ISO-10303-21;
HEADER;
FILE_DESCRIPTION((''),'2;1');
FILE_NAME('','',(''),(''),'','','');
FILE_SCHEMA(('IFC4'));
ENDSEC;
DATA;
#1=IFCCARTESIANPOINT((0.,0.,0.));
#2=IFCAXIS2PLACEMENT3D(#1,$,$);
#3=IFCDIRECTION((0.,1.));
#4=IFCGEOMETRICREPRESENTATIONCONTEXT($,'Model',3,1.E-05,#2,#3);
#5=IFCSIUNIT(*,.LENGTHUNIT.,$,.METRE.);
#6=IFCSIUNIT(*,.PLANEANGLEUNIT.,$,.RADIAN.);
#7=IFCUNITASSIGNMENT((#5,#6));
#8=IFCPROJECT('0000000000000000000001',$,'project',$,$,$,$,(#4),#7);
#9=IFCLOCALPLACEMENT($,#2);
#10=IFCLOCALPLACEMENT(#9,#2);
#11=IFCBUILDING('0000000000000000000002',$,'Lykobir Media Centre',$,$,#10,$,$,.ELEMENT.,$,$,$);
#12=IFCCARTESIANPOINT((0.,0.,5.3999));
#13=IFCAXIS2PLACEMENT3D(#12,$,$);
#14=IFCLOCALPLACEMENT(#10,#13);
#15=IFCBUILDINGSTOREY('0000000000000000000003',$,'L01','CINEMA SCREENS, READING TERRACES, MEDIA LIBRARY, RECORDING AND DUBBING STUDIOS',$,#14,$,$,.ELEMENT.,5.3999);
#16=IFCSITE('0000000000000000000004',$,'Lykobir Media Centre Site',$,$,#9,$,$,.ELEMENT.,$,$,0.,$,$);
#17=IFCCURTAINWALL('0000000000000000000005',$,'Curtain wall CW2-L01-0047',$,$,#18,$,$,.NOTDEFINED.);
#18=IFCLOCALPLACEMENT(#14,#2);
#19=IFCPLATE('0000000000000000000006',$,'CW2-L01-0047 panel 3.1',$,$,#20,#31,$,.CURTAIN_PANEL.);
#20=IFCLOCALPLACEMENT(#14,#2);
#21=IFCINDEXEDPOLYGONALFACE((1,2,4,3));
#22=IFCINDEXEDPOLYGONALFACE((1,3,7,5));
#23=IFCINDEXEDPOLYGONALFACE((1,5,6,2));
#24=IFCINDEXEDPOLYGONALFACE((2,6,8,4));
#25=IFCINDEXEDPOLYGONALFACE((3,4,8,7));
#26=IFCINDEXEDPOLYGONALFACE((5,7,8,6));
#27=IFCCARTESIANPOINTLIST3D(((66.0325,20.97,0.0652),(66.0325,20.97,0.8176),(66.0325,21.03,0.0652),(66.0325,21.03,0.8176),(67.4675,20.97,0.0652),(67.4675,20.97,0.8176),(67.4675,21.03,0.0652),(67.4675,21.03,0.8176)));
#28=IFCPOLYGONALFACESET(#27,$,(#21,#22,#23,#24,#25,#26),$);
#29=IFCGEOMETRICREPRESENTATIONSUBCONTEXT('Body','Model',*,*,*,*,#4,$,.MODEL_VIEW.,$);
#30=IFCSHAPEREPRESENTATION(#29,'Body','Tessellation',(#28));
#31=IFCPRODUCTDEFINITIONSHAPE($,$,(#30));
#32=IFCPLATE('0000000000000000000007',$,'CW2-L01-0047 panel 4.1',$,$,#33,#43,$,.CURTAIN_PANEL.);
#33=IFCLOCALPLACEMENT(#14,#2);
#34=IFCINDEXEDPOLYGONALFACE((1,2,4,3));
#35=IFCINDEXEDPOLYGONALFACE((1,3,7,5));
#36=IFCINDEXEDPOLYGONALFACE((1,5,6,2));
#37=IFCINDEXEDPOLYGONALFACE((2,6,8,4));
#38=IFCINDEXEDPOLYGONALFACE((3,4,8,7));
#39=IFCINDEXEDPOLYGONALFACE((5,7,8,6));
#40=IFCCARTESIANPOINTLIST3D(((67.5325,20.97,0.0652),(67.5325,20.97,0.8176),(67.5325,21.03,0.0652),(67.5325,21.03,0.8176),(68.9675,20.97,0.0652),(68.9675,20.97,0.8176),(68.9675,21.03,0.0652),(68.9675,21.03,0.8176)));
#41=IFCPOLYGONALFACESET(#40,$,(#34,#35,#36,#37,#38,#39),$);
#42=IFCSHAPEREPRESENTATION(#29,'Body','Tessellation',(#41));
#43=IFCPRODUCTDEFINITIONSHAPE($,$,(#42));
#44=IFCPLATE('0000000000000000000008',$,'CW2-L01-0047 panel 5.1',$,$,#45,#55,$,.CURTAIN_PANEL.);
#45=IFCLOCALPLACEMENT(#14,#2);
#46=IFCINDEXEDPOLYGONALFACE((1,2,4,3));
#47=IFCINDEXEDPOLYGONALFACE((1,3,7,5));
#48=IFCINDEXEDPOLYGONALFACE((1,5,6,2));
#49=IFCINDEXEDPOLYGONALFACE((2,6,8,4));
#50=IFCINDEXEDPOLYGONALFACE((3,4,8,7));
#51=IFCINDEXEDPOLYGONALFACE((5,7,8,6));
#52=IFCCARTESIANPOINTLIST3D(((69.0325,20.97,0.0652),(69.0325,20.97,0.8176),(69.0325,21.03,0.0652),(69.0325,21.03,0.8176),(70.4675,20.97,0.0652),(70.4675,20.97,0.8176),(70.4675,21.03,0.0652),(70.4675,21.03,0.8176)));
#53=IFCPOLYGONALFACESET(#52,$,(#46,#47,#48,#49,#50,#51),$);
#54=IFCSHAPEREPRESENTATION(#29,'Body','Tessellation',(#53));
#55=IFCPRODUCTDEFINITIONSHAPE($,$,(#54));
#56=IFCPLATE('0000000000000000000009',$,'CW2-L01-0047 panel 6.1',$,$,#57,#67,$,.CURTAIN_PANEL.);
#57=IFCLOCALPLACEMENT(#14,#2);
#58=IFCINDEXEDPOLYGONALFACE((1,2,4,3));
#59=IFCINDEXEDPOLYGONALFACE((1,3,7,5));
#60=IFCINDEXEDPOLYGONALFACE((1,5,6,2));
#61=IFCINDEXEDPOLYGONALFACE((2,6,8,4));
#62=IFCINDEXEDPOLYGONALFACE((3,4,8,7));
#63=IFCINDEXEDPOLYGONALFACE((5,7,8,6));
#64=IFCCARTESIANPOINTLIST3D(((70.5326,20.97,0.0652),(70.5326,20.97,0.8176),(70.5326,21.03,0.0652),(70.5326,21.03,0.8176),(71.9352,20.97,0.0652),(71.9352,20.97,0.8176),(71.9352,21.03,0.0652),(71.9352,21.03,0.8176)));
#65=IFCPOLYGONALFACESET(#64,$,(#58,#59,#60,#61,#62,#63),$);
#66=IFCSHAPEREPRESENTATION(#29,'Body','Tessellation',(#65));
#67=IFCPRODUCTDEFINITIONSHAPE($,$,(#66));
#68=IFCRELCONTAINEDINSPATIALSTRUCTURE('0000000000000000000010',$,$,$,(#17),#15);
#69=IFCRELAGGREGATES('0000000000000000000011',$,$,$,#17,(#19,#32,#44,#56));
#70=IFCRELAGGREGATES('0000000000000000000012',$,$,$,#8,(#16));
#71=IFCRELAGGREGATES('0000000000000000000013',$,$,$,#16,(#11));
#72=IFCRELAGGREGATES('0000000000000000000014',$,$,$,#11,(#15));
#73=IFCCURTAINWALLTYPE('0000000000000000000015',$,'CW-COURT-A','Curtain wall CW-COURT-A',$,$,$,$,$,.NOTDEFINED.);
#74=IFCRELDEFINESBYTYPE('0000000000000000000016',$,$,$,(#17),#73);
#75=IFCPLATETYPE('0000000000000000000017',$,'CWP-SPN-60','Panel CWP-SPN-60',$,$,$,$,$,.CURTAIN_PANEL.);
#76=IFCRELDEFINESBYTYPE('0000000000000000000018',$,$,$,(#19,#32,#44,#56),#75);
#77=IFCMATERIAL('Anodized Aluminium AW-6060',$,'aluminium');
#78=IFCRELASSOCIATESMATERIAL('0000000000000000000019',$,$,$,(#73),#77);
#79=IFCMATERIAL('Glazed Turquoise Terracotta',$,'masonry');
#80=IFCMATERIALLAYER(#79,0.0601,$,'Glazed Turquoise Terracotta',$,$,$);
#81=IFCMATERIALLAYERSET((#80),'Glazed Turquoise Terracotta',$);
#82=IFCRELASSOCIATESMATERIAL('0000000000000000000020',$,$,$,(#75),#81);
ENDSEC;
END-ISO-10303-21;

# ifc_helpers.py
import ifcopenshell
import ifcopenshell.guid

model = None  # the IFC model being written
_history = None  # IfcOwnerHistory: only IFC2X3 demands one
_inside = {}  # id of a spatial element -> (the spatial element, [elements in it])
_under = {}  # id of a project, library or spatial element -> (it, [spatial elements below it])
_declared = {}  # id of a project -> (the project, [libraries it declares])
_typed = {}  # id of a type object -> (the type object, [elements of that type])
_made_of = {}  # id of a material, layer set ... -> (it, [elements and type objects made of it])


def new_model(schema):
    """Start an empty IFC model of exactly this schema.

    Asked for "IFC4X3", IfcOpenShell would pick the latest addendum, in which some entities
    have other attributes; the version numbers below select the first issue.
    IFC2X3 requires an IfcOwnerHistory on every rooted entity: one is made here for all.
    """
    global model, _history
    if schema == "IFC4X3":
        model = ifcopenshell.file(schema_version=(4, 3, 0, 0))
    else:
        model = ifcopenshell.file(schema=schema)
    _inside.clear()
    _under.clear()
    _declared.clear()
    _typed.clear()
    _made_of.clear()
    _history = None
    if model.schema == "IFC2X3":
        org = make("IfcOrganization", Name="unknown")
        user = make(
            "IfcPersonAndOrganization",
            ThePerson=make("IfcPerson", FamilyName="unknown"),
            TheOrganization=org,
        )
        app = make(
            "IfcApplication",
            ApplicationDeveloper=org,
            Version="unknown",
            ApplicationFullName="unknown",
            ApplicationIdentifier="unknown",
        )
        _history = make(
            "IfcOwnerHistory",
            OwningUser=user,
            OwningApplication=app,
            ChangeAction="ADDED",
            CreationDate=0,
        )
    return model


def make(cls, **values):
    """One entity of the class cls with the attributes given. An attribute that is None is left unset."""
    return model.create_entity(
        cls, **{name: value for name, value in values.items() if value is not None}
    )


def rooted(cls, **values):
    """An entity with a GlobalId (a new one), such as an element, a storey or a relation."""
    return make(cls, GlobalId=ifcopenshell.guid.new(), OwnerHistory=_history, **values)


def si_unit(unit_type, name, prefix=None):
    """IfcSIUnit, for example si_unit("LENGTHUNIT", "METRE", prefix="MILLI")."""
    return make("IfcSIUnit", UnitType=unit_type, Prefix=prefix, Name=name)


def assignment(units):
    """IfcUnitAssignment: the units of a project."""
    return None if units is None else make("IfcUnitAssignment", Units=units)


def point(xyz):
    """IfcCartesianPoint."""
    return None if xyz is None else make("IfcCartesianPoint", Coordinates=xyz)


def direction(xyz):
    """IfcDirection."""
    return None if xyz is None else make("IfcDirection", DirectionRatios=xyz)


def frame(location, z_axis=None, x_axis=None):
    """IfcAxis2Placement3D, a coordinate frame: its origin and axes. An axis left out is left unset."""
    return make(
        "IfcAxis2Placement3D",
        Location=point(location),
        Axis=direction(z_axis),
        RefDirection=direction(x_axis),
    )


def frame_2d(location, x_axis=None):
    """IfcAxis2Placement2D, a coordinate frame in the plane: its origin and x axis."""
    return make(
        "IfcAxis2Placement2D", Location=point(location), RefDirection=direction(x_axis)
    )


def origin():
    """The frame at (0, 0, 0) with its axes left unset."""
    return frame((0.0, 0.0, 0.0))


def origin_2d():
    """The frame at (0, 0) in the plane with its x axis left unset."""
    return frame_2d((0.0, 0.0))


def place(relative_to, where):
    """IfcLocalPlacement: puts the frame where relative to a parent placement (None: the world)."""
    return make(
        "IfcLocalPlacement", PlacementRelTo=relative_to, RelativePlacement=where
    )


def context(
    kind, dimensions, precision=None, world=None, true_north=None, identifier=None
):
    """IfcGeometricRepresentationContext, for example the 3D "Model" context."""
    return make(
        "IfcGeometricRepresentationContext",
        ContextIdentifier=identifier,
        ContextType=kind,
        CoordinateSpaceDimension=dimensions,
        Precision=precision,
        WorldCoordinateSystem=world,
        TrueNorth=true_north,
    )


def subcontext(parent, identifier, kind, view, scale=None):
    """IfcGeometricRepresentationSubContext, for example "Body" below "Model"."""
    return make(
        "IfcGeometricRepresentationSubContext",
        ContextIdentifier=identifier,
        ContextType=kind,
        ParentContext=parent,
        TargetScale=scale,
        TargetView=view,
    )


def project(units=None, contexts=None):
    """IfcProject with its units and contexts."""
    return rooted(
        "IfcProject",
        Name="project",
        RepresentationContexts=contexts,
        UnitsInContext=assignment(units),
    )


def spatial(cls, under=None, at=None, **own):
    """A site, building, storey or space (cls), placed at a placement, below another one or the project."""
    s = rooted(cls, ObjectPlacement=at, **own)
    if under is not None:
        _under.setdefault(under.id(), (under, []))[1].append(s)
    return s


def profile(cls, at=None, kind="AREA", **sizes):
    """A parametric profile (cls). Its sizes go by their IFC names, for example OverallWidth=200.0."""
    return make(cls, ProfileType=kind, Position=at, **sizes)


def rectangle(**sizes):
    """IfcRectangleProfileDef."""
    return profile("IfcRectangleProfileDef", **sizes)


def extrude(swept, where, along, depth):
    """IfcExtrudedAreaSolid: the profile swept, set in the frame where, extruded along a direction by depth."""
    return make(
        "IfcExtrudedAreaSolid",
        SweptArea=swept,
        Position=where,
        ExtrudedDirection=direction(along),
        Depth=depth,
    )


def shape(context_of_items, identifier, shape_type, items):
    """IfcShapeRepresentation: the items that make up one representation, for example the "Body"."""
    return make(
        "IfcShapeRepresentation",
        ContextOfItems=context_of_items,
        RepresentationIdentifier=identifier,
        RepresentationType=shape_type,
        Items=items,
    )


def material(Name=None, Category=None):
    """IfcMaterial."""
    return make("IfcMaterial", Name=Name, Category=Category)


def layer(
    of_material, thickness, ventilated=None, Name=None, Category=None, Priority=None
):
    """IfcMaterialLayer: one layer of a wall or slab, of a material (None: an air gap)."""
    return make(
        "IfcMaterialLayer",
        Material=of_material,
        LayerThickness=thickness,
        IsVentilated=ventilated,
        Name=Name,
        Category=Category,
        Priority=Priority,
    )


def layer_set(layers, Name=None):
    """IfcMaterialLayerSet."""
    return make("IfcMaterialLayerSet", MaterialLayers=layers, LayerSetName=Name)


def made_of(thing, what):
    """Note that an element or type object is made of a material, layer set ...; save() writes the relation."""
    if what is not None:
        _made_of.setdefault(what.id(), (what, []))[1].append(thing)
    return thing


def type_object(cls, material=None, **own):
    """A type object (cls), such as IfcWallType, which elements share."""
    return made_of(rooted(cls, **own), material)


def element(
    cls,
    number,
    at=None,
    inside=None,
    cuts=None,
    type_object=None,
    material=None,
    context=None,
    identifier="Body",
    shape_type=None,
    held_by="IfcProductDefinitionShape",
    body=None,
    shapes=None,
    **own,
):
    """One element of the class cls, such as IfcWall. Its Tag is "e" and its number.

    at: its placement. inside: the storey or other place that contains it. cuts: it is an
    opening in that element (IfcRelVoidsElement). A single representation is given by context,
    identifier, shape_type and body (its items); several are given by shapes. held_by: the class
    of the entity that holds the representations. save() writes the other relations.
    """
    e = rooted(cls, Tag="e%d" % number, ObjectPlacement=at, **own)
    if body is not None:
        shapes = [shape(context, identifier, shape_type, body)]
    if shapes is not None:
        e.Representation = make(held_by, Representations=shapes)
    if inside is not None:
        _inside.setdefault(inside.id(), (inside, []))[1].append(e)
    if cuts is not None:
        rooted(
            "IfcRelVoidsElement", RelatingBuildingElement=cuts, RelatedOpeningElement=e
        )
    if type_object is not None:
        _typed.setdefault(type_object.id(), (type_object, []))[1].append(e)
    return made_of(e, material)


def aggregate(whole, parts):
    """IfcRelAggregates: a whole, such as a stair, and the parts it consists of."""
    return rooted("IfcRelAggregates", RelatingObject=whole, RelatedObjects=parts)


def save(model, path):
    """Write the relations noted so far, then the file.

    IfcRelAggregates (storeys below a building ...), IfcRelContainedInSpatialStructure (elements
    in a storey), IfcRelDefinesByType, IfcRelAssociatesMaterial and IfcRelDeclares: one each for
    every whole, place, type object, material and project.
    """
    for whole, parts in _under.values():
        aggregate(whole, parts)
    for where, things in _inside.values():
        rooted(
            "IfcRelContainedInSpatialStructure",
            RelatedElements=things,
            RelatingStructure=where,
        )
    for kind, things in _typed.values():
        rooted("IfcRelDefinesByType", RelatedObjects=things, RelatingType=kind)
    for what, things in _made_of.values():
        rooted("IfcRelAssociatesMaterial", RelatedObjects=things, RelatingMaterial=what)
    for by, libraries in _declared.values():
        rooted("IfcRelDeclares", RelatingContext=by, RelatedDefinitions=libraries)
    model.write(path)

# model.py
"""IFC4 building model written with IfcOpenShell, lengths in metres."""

from ifc_helpers import new_model, si_unit, direction, frame, origin, origin_2d, place, context, subcontext, project, spatial, rectangle, extrude, material, layer, layer_set, type_object, element, aggregate, save


model = new_model("IFC4")

# Units and contexts
model_context = context("Model", 3, precision=1e-05, world=origin(), true_north=direction((0.0, 1.0)))
body_context = subcontext(model_context, "Body", "Model", "MODEL_VIEW")
ifc_project = project(units=[si_unit("LENGTHUNIT", "METRE"), si_unit("PLANEANGLEUNIT", "RADIAN")], contexts=[model_context])

# Site, building, storey
site_placement = place(None, origin())
site = spatial("IfcSite", under=ifc_project, at=site_placement, Name="Lykobir Media Centre Site", CompositionType="ELEMENT", RefElevation=0.0)
building_placement = place(site_placement, origin())
building = spatial("IfcBuilding", under=site, at=building_placement, Name="Lykobir Media Centre", CompositionType="ELEMENT")
storey_placement = place(building_placement, frame((0.0, 0.0, 5.3999)))
storey = spatial("IfcBuildingStorey", under=building, at=storey_placement, Name="L01", Description="CINEMA SCREENS, READING TERRACES, MEDIA LIBRARY, RECORDING AND DUBBING STUDIOS", CompositionType="ELEMENT", Elevation=5.3999)

# Shared definitions
ifc_material_1 = material(Name="Anodized Aluminium AW-6060", Category="aluminium")
curtain_wall_type = type_object("IfcCurtainWallType", Name="CW-COURT-A", Description="Curtain wall CW-COURT-A", PredefinedType="NOTDEFINED", material=ifc_material_1)

# Curtain wall
curtain_wall_1_placement = place(storey_placement, origin())
curtain_wall_1 = element("IfcCurtainWall", 1, at=curtain_wall_1_placement, inside=storey, type_object=curtain_wall_type, Name="Curtain wall CW2-L01-0047", PredefinedType="NOTDEFINED")

# Plates
ifc_material_2 = material(Name="Glazed Turquoise Terracotta", Category="masonry")
ifc_layer_1 = layer(ifc_material_2, 0.0601, Name="Glazed Turquoise Terracotta")
ifc_layer_set_1 = layer_set([ifc_layer_1], Name="Glazed Turquoise Terracotta")
plate_type_1 = type_object("IfcPlateType", Name="CWP-SPN-60", Description="Panel CWP-SPN-60", PredefinedType="CURTAIN_PANEL", material=ifc_layer_set_1)
plate_1_placement = place(storey_placement, frame((66.75, 21.0, 0.0652), z_axis=(0.0, 0.0, 1.0), x_axis=(1.0, 0.0, 0.0)))
plate_1 = element("IfcPlate", 2, at=plate_1_placement, type_object=plate_type_1, Name="CW2-L01-0047 panel 3.1", PredefinedType="CURTAIN_PANEL", context=body_context, shape_type="SweptSolid", body=[
    extrude(rectangle(XDim=1.4351, YDim=0.0601, at=origin_2d()), origin(), (0.0, 0.0, 1.0), 0.7524),
])
plate_2_placement = place(storey_placement, frame((68.25, 21.0, 0.0652), z_axis=(0.0, 0.0, 1.0), x_axis=(1.0, 0.0, 0.0)))
plate_2 = element("IfcPlate", 3, at=plate_2_placement, type_object=plate_type_1, Name="CW2-L01-0047 panel 4.1", PredefinedType="CURTAIN_PANEL", context=body_context, shape_type="SweptSolid", body=[
    extrude(rectangle(XDim=1.4351, YDim=0.0601, at=origin_2d()), origin(), (0.0, 0.0, 1.0), 0.7524),
])
plate_3_placement = place(storey_placement, frame((69.75, 21.0, 0.0652), z_axis=(0.0, 0.0, 1.0), x_axis=(1.0, 0.0, 0.0)))
plate_3 = element("IfcPlate", 4, at=plate_3_placement, type_object=plate_type_1, Name="CW2-L01-0047 panel 5.1", PredefinedType="CURTAIN_PANEL", context=body_context, shape_type="SweptSolid", body=[
    extrude(rectangle(XDim=1.4351, YDim=0.0601, at=origin_2d()), origin(), (0.0, 0.0, 1.0), 0.7524),
])
plate_4_placement = place(storey_placement, frame((71.2339, 21.0, 0.0652), z_axis=(0.0, 0.0, 1.0), x_axis=(1.0, 0.0, 0.0)))
plate_4 = element("IfcPlate", 5, at=plate_4_placement, type_object=plate_type_1, Name="CW2-L01-0047 panel 6.1", PredefinedType="CURTAIN_PANEL", context=body_context, shape_type="SweptSolid", body=[
    extrude(rectangle(XDim=1.4026, YDim=0.0601, at=origin_2d()), origin(), (0.0, 0.0, 1.0), 0.7524),
])
aggregate(curtain_wall_1, [plate_1, plate_2, plate_3, plate_4])

save(model, "model.ifc")
